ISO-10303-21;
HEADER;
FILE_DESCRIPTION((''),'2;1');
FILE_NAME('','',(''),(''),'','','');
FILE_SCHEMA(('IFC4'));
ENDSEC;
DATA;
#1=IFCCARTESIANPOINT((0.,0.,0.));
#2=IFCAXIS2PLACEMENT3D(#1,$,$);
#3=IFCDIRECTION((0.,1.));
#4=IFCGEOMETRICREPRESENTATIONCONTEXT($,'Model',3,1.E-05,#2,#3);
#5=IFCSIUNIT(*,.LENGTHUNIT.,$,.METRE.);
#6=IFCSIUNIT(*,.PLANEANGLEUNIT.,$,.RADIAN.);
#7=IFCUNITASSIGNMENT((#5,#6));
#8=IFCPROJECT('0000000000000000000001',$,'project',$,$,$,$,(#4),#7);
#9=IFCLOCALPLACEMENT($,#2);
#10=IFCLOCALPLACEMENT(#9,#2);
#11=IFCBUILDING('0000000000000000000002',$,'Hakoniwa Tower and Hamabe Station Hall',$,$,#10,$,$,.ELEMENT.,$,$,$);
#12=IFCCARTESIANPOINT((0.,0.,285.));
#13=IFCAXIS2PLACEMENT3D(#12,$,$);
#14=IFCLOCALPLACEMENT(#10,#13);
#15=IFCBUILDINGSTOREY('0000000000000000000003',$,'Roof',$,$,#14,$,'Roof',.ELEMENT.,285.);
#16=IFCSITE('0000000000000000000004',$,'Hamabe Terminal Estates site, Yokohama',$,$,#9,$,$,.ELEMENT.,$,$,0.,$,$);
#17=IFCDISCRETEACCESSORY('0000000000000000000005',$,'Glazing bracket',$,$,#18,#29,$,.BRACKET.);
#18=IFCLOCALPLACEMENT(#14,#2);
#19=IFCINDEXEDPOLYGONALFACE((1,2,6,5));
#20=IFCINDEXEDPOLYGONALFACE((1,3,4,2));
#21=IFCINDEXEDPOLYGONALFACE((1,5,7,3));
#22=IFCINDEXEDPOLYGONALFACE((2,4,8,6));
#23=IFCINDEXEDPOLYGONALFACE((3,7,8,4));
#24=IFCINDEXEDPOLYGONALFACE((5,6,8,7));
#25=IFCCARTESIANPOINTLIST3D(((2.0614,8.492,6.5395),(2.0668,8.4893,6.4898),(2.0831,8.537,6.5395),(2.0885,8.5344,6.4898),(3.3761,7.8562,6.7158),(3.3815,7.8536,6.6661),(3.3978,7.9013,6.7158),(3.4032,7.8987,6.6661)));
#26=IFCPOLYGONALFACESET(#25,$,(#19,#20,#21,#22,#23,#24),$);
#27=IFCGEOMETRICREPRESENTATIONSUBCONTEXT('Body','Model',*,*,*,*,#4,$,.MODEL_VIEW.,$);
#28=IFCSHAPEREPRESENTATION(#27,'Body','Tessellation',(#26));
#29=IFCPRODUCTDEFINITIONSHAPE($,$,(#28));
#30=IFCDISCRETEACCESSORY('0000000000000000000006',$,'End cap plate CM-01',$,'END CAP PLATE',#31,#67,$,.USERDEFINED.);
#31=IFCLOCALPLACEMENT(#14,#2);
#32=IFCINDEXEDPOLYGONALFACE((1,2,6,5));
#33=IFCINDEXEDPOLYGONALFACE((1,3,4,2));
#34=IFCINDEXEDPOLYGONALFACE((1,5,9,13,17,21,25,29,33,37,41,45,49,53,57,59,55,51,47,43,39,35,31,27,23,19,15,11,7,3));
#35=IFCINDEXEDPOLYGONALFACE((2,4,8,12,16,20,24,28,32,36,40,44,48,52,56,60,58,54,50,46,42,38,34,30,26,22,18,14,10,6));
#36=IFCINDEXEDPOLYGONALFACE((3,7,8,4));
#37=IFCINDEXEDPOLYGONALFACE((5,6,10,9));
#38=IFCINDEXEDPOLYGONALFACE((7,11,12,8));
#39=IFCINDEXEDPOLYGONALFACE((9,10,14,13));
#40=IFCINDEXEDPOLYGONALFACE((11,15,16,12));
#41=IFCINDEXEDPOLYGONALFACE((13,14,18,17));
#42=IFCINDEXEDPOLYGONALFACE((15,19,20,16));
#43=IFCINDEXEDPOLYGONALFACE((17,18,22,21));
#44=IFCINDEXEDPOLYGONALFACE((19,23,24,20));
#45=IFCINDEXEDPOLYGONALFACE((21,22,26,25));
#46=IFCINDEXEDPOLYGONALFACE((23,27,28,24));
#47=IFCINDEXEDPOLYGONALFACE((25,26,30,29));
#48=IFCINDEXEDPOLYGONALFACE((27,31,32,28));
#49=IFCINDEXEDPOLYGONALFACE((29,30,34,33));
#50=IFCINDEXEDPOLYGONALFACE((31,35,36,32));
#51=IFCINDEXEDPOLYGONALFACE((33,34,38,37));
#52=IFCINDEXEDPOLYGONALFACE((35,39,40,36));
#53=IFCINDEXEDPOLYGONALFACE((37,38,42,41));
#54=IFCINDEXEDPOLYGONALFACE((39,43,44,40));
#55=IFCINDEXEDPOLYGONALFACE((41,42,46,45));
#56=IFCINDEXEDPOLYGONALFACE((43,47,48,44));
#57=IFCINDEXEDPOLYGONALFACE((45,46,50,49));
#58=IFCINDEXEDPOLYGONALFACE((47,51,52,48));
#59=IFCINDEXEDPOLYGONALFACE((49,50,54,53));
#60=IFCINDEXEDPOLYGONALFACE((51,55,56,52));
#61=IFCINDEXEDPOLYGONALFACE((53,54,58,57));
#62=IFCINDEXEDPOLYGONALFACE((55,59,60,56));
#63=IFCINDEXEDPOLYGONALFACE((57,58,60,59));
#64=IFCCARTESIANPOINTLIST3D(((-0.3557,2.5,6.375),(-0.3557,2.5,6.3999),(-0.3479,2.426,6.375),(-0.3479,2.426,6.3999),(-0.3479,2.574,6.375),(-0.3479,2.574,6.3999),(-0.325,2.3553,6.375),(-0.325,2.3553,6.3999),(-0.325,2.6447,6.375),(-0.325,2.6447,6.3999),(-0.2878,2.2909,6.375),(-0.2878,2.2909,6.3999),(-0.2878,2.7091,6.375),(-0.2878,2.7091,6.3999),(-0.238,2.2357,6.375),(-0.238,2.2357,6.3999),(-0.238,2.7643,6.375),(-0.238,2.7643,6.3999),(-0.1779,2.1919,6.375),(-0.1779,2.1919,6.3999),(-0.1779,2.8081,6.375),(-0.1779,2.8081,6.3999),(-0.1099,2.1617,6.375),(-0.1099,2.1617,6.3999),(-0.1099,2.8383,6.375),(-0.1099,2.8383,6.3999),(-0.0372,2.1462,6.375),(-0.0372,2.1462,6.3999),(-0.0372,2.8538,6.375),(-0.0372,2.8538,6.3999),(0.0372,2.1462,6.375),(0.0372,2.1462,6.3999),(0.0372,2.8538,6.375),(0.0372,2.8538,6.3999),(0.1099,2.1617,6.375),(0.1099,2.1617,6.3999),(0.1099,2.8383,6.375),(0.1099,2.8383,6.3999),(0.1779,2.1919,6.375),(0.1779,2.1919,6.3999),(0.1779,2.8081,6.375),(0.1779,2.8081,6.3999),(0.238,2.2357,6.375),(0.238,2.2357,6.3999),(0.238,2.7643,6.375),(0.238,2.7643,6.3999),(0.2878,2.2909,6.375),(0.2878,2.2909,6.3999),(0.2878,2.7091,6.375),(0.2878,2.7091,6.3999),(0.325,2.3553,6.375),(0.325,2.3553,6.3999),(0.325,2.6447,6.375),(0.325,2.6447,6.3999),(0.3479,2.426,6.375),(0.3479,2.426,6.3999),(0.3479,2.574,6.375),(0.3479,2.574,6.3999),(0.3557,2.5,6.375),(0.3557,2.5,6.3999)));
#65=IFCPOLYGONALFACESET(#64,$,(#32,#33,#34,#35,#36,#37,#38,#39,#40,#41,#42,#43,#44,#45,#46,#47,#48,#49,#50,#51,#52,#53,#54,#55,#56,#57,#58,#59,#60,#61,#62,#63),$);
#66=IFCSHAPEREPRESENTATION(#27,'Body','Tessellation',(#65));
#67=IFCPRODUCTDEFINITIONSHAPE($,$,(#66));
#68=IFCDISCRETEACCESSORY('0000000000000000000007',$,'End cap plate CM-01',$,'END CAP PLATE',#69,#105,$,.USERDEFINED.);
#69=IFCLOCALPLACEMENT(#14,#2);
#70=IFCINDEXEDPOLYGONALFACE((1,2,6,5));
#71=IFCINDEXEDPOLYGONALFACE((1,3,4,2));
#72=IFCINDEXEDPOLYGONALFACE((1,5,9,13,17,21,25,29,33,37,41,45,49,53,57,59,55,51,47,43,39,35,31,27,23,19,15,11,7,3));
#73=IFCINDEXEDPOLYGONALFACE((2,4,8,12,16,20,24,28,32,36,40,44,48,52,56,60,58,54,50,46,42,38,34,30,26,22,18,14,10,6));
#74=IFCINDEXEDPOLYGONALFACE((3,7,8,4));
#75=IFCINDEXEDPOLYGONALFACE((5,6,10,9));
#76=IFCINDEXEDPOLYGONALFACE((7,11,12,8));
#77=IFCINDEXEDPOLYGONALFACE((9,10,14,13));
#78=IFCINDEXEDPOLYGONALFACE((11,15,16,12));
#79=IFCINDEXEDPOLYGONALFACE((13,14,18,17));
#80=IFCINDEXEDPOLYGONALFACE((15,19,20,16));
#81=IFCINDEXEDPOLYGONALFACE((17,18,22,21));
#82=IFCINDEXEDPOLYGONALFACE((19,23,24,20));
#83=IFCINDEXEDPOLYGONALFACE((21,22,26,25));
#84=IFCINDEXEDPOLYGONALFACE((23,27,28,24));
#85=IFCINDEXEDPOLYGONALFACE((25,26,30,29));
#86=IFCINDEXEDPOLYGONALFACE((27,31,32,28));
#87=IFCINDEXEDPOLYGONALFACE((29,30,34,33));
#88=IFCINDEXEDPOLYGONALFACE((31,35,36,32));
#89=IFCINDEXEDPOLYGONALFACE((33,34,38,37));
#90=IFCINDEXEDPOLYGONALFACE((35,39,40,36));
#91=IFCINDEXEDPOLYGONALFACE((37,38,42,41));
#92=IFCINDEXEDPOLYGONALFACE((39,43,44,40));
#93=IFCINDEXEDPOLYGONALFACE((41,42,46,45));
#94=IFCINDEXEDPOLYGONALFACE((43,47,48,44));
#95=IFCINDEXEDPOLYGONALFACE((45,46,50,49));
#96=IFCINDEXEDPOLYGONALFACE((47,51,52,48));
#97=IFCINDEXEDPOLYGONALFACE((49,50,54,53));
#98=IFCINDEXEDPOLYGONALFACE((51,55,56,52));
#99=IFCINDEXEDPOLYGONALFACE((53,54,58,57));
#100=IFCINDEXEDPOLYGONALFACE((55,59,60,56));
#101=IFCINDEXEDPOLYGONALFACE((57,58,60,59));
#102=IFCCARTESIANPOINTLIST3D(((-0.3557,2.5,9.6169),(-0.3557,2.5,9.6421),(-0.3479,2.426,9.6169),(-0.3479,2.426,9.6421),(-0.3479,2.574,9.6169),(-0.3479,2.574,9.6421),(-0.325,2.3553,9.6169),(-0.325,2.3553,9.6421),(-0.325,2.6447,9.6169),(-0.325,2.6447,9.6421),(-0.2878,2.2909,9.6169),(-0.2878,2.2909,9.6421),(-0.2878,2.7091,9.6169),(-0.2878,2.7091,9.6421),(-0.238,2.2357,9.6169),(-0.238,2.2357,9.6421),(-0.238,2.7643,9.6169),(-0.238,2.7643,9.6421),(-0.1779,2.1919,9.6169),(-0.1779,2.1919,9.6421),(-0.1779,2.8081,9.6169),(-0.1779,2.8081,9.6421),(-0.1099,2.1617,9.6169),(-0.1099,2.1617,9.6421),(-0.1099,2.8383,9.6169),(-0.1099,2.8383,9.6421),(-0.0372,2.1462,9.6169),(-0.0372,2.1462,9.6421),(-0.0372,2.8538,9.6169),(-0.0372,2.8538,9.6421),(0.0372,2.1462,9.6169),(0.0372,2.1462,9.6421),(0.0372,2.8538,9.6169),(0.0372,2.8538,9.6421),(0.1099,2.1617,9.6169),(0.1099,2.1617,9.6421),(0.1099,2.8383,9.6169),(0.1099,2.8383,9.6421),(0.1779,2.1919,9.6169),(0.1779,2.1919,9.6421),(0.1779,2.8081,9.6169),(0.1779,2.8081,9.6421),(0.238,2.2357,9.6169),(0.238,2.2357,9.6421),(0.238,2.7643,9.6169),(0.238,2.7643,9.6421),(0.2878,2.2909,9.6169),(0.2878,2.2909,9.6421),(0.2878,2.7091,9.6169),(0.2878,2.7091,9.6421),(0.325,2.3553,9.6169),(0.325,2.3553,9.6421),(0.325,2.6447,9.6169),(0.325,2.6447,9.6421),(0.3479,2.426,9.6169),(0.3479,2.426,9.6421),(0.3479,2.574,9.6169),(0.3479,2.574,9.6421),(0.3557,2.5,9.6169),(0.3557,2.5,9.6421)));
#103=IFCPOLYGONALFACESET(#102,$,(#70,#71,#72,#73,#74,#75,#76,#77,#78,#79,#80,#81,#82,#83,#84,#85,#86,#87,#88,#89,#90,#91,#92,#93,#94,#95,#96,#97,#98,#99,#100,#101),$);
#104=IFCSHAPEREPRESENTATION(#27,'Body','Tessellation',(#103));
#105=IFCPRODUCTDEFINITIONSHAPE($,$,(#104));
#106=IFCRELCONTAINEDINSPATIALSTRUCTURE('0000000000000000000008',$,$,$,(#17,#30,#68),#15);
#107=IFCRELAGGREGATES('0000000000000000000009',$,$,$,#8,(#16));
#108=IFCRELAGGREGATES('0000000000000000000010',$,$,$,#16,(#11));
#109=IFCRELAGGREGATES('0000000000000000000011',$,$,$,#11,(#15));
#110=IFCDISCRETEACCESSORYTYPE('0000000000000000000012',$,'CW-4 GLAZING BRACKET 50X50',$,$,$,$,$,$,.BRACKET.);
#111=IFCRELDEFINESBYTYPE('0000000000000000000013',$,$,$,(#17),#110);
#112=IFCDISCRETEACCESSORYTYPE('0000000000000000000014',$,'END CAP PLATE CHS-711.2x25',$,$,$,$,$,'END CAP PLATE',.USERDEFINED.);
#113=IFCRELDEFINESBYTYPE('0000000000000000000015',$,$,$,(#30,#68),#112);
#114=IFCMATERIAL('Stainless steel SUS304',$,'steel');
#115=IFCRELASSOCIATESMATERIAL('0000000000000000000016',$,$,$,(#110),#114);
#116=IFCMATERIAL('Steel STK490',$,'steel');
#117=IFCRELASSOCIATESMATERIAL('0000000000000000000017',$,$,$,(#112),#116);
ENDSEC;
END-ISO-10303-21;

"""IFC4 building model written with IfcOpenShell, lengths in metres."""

from ifc_helpers import new_model, si_unit, direction, frame, origin, origin_2d, place, context, subcontext, project, spatial, rectangle, circle, extrude, material, material_profile, profile_set, type_object, element, save


model = new_model("IFC4")

# Units and contexts
model_context = context("Model", 3, precision=1e-05, world=origin(), true_north=direction((0.0, 1.0)))
body_context = subcontext(model_context, "Body", "Model", "MODEL_VIEW")
ifc_project = project(units=[si_unit("LENGTHUNIT", "METRE"), si_unit("PLANEANGLEUNIT", "RADIAN")], contexts=[model_context])

# Site, building, storey
site_placement = place(None, origin())
site = spatial("IfcSite", under=ifc_project, at=site_placement, Name="Hamabe Terminal Estates site, Yokohama", CompositionType="ELEMENT", RefElevation=0.0)
building_placement = place(site_placement, origin())
building = spatial("IfcBuilding", under=site, at=building_placement, Name="Hakoniwa Tower and Hamabe Station Hall", CompositionType="ELEMENT")
storey_placement = place(building_placement, frame((0.0, 0.0, 285.0)))
storey = spatial("IfcBuildingStorey", under=building, at=storey_placement, Name="Roof", LongName="Roof", CompositionType="ELEMENT", Elevation=285.0)

# Discrete accessories
ifc_material_1 = material(Name="Stainless steel SUS304", Category="steel")
ifc_material_profile_1 = material_profile(ifc_material_1, rectangle(XDim=0.05, YDim=0.05, at=origin_2d()), Name="CW-4 GLAZING BRACKET 50X50")
ifc_profile_set_1 = profile_set([ifc_material_profile_1], Name="Stainless steel SUS304")
discrete_accessory_type_1 = type_object("IfcDiscreteAccessoryType", Name="CW-4 GLAZING BRACKET 50X50", PredefinedType="BRACKET", material=ifc_profile_set_1)
discrete_accessory_1_placement = place(storey_placement, frame((2.075, 8.5132, 6.5146), z_axis=(0.89378, -0.432201, 0.119835), x_axis=(0.435338, 0.900267, 0.0)))
element("IfcDiscreteAccessory", 1, at=discrete_accessory_1_placement, inside=storey, type_object=discrete_accessory_type_1, Name="Glazing bracket", PredefinedType="BRACKET", context=body_context, shape_type="SweptSolid", body=[
    extrude(rectangle(XDim=0.05, YDim=0.05, at=origin_2d()), origin(), (0.0, 0.0, 1.0), 1.4709),
])
ifc_material_2 = material(Name="Steel STK490", Category="steel")
ifc_material_profile_2 = material_profile(ifc_material_2, circle(Radius=0.3557, at=origin_2d()), Name="END CAP PLATE CHS-711.2x25")
ifc_profile_set_2 = profile_set([ifc_material_profile_2], Name="Steel STK490")
discrete_accessory_type_2 = type_object("IfcDiscreteAccessoryType", Name="END CAP PLATE CHS-711.2x25", ElementType="END CAP PLATE", PredefinedType="USERDEFINED", material=ifc_profile_set_2)
discrete_accessory_2_placement = place(storey_placement, frame((0.0, 2.5, 6.375), z_axis=(0.0, 0.0, 1.0), x_axis=(1.0, 0.0, 0.0)))
element("IfcDiscreteAccessory", 2, at=discrete_accessory_2_placement, inside=storey, type_object=discrete_accessory_type_2, Name="End cap plate CM-01", ObjectType="END CAP PLATE", PredefinedType="USERDEFINED", context=body_context, shape_type="SweptSolid", body=[
    extrude(circle(Radius=0.3557, at=origin_2d()), origin(), (0.0, 0.0, 1.0), 0.0249),
])
discrete_accessory_3_placement = place(storey_placement, frame((0.0, 2.5, 9.6169), z_axis=(0.0, 0.0, 1.0), x_axis=(1.0, 0.0, 0.0)))
element("IfcDiscreteAccessory", 3, at=discrete_accessory_3_placement, inside=storey, type_object=discrete_accessory_type_2, Name="End cap plate CM-01", ObjectType="END CAP PLATE", PredefinedType="USERDEFINED", context=body_context, shape_type="SweptSolid", body=[
    extrude(circle(Radius=0.3557, at=origin_2d()), origin(), (0.0, 0.0, 1.0), 0.0251),
])

save(model, "model.ifc")
